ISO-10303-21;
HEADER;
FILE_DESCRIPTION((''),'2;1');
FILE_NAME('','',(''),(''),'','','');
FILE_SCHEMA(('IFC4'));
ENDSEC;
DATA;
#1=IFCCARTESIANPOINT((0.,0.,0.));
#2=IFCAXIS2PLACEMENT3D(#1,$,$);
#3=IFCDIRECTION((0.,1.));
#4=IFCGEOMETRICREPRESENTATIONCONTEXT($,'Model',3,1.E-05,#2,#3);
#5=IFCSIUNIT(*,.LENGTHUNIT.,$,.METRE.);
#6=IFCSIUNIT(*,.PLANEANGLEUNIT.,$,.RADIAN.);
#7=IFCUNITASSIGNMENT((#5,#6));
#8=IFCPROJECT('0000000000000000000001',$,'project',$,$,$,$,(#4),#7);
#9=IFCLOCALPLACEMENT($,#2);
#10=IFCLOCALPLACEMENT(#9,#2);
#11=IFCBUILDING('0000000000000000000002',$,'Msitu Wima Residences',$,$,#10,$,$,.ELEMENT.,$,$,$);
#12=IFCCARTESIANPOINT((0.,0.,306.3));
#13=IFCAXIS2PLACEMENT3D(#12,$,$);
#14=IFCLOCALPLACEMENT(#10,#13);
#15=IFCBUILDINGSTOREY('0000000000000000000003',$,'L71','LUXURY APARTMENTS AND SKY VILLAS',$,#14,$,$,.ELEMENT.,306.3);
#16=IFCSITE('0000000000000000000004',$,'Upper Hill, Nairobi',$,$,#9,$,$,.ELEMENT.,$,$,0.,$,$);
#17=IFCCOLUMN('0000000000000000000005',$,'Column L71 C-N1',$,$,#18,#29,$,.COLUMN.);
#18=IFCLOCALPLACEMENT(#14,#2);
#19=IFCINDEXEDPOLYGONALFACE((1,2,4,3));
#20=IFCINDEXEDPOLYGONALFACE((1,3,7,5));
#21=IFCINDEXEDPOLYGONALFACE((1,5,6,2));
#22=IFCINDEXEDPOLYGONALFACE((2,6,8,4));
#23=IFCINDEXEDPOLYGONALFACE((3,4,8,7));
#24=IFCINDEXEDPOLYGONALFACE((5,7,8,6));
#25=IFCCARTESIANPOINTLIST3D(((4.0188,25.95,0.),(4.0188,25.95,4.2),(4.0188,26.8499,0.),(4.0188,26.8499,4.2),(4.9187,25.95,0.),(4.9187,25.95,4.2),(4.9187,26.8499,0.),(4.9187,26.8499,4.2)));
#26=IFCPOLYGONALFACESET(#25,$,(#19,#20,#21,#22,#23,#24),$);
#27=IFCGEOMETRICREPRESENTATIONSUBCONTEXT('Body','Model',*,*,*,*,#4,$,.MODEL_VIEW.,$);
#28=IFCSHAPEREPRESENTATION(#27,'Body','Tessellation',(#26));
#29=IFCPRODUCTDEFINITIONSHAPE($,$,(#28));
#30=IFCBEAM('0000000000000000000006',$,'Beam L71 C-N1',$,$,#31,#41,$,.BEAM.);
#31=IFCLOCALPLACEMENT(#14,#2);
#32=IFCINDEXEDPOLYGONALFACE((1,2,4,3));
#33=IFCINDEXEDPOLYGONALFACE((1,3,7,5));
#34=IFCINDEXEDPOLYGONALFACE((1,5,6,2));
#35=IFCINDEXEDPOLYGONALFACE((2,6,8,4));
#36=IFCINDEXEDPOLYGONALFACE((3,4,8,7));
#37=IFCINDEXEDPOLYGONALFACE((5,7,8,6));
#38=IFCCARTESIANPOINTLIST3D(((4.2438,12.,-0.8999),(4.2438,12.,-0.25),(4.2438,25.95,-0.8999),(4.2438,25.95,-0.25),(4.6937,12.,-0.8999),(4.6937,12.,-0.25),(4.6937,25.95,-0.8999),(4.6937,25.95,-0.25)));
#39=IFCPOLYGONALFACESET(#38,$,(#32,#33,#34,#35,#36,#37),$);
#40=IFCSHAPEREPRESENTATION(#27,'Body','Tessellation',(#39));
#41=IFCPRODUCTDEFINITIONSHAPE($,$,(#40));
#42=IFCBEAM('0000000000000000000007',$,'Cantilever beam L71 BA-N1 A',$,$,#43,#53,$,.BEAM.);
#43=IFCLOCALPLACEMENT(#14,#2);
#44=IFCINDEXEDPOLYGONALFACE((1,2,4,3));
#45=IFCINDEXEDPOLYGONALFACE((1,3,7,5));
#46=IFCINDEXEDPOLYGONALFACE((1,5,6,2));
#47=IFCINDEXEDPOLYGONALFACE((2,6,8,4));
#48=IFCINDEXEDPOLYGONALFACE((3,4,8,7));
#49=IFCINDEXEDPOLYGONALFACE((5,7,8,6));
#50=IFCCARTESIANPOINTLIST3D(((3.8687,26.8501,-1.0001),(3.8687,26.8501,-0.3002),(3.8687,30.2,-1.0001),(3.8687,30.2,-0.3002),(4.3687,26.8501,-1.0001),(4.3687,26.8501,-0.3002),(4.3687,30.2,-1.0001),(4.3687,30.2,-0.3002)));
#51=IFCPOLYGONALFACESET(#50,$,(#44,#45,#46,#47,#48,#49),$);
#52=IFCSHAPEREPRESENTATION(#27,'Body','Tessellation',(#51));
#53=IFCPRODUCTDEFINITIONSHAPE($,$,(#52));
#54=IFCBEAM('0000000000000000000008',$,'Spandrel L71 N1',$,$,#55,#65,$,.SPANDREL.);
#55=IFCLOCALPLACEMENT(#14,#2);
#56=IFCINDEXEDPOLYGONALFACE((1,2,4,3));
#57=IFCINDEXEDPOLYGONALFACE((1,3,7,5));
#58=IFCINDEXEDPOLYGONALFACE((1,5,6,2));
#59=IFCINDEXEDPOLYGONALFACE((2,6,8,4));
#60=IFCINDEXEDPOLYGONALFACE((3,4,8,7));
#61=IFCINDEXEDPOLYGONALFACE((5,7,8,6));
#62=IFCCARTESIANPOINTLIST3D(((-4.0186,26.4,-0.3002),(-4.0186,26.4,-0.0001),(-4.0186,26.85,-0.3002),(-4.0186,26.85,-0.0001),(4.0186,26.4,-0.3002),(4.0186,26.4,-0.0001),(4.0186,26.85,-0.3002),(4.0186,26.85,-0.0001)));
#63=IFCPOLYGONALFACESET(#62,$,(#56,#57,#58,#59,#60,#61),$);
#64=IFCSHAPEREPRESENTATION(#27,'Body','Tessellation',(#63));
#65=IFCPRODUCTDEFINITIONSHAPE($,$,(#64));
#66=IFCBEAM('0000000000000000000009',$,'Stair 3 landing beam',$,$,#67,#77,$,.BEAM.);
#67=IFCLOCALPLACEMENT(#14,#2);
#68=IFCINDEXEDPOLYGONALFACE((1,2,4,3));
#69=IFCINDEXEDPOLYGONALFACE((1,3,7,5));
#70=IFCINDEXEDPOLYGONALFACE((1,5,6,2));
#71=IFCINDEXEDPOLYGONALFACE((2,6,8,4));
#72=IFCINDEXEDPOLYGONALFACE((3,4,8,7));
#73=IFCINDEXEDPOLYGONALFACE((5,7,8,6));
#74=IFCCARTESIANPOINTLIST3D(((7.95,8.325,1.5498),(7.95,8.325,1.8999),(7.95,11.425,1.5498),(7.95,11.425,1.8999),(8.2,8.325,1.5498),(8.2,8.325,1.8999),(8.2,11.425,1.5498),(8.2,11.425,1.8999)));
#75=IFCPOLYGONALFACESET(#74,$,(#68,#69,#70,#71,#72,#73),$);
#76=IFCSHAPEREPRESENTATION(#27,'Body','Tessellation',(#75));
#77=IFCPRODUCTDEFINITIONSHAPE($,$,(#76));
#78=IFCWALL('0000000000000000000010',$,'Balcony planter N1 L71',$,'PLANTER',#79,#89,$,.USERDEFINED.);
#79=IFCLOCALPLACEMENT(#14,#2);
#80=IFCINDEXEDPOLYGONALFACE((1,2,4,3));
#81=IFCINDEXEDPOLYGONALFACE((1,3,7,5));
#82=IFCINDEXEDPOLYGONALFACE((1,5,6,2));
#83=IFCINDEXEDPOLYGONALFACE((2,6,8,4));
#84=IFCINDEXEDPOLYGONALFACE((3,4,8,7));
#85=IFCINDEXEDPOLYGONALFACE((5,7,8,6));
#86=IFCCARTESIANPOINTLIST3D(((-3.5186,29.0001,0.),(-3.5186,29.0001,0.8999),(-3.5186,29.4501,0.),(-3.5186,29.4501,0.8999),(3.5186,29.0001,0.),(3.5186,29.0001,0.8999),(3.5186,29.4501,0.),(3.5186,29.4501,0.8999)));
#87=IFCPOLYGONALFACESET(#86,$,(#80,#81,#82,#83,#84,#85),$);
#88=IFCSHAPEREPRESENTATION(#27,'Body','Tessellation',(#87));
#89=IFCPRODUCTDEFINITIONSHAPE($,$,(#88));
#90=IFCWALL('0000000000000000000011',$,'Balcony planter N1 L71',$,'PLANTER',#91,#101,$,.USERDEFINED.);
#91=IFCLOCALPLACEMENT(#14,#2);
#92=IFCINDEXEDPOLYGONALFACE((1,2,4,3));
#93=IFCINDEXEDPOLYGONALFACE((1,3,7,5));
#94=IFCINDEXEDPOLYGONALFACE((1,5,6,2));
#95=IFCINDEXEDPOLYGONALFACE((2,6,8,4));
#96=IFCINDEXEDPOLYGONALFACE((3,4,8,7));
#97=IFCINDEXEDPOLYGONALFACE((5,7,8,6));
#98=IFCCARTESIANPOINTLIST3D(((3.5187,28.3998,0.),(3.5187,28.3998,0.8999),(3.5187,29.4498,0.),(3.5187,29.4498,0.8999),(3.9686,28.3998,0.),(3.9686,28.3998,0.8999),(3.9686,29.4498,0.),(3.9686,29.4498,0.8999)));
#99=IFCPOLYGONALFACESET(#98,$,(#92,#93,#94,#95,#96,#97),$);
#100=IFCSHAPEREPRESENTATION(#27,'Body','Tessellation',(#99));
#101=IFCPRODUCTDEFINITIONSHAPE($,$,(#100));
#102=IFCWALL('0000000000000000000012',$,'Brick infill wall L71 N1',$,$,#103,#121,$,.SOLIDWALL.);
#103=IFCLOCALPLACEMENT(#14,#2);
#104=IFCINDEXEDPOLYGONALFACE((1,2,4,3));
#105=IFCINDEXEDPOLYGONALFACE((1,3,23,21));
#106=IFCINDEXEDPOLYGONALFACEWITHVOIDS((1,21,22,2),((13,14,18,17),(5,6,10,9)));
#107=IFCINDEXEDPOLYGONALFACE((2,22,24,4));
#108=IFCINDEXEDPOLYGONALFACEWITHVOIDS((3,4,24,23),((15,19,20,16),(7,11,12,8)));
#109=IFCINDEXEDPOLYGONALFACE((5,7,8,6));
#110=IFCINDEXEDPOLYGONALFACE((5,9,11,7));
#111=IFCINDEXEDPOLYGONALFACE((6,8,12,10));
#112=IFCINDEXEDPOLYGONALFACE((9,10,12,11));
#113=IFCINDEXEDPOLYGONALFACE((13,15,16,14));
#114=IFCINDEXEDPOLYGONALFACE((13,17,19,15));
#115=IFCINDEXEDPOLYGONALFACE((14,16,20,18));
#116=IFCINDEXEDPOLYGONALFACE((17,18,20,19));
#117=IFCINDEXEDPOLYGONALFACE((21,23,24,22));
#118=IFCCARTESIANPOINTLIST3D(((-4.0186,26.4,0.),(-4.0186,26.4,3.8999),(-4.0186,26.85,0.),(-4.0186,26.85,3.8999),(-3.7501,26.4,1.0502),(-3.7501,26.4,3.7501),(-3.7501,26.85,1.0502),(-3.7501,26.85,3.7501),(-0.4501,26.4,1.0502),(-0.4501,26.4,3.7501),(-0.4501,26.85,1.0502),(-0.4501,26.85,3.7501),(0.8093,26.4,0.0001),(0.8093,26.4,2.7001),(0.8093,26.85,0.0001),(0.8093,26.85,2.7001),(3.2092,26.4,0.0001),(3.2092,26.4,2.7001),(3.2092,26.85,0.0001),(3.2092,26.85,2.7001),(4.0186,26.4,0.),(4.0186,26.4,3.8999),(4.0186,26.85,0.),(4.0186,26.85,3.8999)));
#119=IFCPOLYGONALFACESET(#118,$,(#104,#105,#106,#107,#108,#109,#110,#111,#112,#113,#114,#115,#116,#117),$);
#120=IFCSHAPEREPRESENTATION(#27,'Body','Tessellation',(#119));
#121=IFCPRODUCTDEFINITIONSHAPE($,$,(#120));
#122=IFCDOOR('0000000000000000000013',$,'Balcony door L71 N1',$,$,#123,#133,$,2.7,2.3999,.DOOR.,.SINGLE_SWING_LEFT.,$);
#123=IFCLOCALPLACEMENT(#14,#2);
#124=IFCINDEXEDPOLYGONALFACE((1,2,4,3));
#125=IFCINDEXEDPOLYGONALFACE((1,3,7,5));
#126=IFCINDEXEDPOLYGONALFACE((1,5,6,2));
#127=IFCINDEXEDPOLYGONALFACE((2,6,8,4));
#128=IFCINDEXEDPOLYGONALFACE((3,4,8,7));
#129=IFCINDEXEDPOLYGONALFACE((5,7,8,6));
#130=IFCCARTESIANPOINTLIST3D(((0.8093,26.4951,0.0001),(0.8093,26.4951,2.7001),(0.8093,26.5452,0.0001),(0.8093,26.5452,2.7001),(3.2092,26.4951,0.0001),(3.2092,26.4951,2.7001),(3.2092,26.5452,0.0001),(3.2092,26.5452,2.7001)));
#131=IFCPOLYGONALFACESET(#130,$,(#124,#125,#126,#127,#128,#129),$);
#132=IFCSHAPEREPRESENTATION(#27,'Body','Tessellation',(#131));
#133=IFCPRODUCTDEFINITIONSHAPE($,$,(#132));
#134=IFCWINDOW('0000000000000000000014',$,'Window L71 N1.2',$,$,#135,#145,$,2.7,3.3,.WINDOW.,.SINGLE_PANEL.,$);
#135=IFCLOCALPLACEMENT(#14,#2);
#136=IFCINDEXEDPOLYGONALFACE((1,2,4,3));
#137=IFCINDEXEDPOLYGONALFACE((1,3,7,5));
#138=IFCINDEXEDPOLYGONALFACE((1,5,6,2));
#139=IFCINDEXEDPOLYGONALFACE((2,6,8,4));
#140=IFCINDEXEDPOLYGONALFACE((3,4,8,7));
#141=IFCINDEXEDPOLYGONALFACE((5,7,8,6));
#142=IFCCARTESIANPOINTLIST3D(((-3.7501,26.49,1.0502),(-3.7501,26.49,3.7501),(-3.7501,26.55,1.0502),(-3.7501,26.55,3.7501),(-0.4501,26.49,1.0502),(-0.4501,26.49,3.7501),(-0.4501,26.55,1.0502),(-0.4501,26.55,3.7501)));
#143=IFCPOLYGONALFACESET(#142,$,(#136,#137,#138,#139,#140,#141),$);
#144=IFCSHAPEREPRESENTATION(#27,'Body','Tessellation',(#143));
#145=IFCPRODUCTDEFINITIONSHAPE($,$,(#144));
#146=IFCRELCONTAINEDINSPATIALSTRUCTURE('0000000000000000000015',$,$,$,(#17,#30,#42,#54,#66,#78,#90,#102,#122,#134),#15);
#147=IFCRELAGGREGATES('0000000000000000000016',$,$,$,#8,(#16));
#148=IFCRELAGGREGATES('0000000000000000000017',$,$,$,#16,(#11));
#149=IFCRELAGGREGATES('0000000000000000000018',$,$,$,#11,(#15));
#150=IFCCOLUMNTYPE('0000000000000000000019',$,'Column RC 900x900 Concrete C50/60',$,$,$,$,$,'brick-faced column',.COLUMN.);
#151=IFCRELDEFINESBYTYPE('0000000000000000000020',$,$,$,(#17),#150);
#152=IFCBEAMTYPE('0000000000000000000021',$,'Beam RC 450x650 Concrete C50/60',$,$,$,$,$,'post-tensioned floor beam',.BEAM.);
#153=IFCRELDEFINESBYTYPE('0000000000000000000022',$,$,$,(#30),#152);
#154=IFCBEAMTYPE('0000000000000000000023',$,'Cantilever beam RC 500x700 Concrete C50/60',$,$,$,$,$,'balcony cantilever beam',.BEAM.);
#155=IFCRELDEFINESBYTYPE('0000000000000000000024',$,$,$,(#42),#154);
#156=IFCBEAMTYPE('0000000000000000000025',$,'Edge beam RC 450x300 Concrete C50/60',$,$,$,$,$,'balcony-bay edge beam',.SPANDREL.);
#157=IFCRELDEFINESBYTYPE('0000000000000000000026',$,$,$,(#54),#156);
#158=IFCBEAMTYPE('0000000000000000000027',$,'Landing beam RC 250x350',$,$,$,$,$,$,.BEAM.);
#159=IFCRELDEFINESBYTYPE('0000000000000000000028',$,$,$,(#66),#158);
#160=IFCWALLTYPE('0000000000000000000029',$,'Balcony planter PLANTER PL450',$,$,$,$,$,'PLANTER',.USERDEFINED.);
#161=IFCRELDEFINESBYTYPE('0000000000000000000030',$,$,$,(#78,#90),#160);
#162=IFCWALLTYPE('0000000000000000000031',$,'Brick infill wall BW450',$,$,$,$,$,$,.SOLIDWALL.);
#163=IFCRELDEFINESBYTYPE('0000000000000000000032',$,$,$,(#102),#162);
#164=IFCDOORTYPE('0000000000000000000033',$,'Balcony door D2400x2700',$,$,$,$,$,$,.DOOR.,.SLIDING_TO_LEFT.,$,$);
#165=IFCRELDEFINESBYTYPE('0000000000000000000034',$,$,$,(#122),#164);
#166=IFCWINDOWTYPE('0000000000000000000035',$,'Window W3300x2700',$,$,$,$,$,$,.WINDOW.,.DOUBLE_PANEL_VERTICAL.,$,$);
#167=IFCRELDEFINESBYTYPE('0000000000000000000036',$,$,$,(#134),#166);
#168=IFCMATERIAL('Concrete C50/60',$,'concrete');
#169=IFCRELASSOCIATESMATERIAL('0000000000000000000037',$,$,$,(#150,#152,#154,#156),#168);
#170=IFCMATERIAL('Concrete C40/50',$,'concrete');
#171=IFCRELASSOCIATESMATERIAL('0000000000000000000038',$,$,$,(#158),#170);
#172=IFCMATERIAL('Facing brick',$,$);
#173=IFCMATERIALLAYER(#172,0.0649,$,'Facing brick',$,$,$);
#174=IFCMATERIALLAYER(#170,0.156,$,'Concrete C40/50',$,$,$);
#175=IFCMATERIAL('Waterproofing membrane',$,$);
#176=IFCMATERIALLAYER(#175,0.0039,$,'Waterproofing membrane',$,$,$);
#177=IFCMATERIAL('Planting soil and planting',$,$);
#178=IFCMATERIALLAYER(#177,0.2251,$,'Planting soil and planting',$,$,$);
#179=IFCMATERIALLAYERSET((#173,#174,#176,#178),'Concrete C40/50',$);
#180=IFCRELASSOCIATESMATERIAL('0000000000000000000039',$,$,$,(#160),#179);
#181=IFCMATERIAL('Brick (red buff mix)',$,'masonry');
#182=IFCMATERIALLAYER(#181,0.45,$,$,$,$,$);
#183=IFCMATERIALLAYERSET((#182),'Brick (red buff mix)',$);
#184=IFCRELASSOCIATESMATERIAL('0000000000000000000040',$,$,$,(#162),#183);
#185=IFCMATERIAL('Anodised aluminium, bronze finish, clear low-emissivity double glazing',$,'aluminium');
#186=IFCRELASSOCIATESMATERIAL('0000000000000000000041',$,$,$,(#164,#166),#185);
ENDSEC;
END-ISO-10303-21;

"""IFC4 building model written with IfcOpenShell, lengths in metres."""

from ifc_helpers import new_model, si_unit, direction, frame, frame_2d, origin, origin_2d, place, context, subcontext, project, spatial, rectangle, extrude, material, layer, layer_set, material_profile, profile_set, type_object, element, fill, save


model = new_model("IFC4")

# Units and contexts
model_context = context("Model", 3, precision=1e-05, world=origin(), true_north=direction((0.0, 1.0)))
body_context = subcontext(model_context, "Body", "Model", "MODEL_VIEW")
ifc_project = project(units=[si_unit("LENGTHUNIT", "METRE"), si_unit("PLANEANGLEUNIT", "RADIAN")], contexts=[model_context])

# Site, building, storey
site_placement = place(None, origin())
site = spatial("IfcSite", under=ifc_project, at=site_placement, Name="Upper Hill, Nairobi", CompositionType="ELEMENT", RefElevation=0.0)
building_placement = place(site_placement, origin())
building = spatial("IfcBuilding", under=site, at=building_placement, Name="Msitu Wima Residences", CompositionType="ELEMENT")
storey_placement = place(building_placement, frame((0.0, 0.0, 306.3)))
storey = spatial("IfcBuildingStorey", under=building, at=storey_placement, Name="L71", Description="LUXURY APARTMENTS AND SKY VILLAS", CompositionType="ELEMENT", Elevation=306.3)

# Column
ifc_material_1 = material(Name="Concrete C50/60", Category="concrete")
ifc_material_profile_1 = material_profile(ifc_material_1, rectangle(XDim=0.8999, YDim=0.8999, at=origin_2d()), Name="RC 900x900")
ifc_profile_set_1 = profile_set([ifc_material_profile_1], Name="Concrete C50/60")
column_type = type_object("IfcColumnType", Name="Column RC 900x900 Concrete C50/60", ElementType="brick-faced column", PredefinedType="COLUMN", material=ifc_profile_set_1)
column_placement = place(storey_placement, frame((4.4688, 26.3999, 0.0), z_axis=(0.0, 0.0, 1.0), x_axis=(-1.0, 0.0, 0.0)))
element("IfcColumn", 1, at=column_placement, inside=storey, type_object=column_type, Name="Column L71 C-N1", PredefinedType="COLUMN", context=body_context, shape_type="SweptSolid", body=[
    extrude(rectangle(XDim=0.8999, YDim=0.8999, at=origin_2d()), origin(), (0.0, 0.0, 1.0), 4.2),
])

# Beams
ifc_material_profile_2 = material_profile(ifc_material_1, rectangle(XDim=0.45, YDim=0.6499, at=origin_2d()), Name="RC 450x650")
ifc_profile_set_2 = profile_set([ifc_material_profile_2], Name="Concrete C50/60")
beam_type_1 = type_object("IfcBeamType", Name="Beam RC 450x650 Concrete C50/60", ElementType="post-tensioned floor beam", PredefinedType="BEAM", material=ifc_profile_set_2)
beam_1_placement = place(storey_placement, frame((4.4688, 25.95, -0.575), z_axis=(0.0, -1.0, 0.0), x_axis=(1.0, 0.0, 0.0)))
element("IfcBeam", 2, at=beam_1_placement, inside=storey, type_object=beam_type_1, Name="Beam L71 C-N1", PredefinedType="BEAM", context=body_context, shape_type="SweptSolid", body=[
    extrude(rectangle(XDim=0.45, YDim=0.6499, at=origin_2d()), origin(), (0.0, 0.0, 1.0), 13.95),
])
ifc_material_profile_3 = material_profile(ifc_material_1, rectangle(XDim=0.5, YDim=0.7, at=origin_2d()), Name="RC 500x700")
ifc_profile_set_3 = profile_set([ifc_material_profile_3], Name="Concrete C50/60")
beam_type_2 = type_object("IfcBeamType", Name="Cantilever beam RC 500x700 Concrete C50/60", ElementType="balcony cantilever beam", PredefinedType="BEAM", material=ifc_profile_set_3)
beam_2_placement = place(storey_placement, frame((4.1187, 26.8501, -0.6501), z_axis=(0.0, 1.0, 0.0), x_axis=(-1.0, 0.0, 0.0)))
element("IfcBeam", 3, at=beam_2_placement, inside=storey, type_object=beam_type_2, Name="Cantilever beam L71 BA-N1 A", PredefinedType="BEAM", context=body_context, shape_type="SweptSolid", body=[
    extrude(rectangle(XDim=0.5, YDim=0.7, at=origin_2d()), origin(), (0.0, 0.0, 1.0), 3.3499),
])
ifc_material_profile_4 = material_profile(ifc_material_1, rectangle(XDim=0.45, YDim=0.3, at=origin_2d()), Name="RC 450x300")
ifc_profile_set_4 = profile_set([ifc_material_profile_4], Name="Concrete C50/60")
beam_type_3 = type_object("IfcBeamType", Name="Edge beam RC 450x300 Concrete C50/60", ElementType="balcony-bay edge beam", PredefinedType="SPANDREL", material=ifc_profile_set_4)
beam_3_placement = place(storey_placement, frame((4.0186, 26.625, -0.1501), z_axis=(-1.0, 0.0, 0.0), x_axis=(0.0, -1.0, 0.0)))
element("IfcBeam", 4, at=beam_3_placement, inside=storey, type_object=beam_type_3, Name="Spandrel L71 N1", PredefinedType="SPANDREL", context=body_context, shape_type="SweptSolid", body=[
    extrude(rectangle(XDim=0.45, YDim=0.3, at=origin_2d()), origin(), (0.0, 0.0, 1.0), 8.0371),
])
ifc_material_2 = material(Name="Concrete C40/50", Category="concrete")
ifc_material_profile_5 = material_profile(ifc_material_2, rectangle(XDim=0.25, YDim=0.3501, at=origin_2d()), Name="RC 250x350")
ifc_profile_set_5 = profile_set([ifc_material_profile_5], Name="Concrete C40/50")
beam_type_4 = type_object("IfcBeamType", Name="Landing beam RC 250x350", PredefinedType="BEAM", material=ifc_profile_set_5)
beam_4_placement = place(storey_placement, frame((8.075, 8.325, 1.7249), z_axis=(0.0, 1.0, 0.0), x_axis=(-1.0, 0.0, 0.0)))
element("IfcBeam", 5, at=beam_4_placement, inside=storey, type_object=beam_type_4, Name="Stair 3 landing beam", PredefinedType="BEAM", context=body_context, shape_type="SweptSolid", body=[
    extrude(rectangle(XDim=0.25, YDim=0.3501, at=origin_2d()), origin(), (0.0, 0.0, 1.0), 3.1001),
])

# Walls
ifc_material_3 = material(Name="Facing brick")
ifc_layer_1 = layer(ifc_material_3, 0.0649, Name="Facing brick")
ifc_layer_2 = layer(ifc_material_2, 0.156, Name="Concrete C40/50")
ifc_material_4 = material(Name="Waterproofing membrane")
ifc_layer_3 = layer(ifc_material_4, 0.0039, Name="Waterproofing membrane")
ifc_material_5 = material(Name="Planting soil and planting")
ifc_layer_4 = layer(ifc_material_5, 0.2251, Name="Planting soil and planting")
ifc_layer_set_1 = layer_set([ifc_layer_1, ifc_layer_2, ifc_layer_3, ifc_layer_4], Name="Concrete C40/50")
wall_type_1 = type_object("IfcWallType", Name="Balcony planter PLANTER PL450", ElementType="PLANTER", PredefinedType="USERDEFINED", material=ifc_layer_set_1)
wall_1_placement = place(storey_placement, frame((3.5186, 29.2251, 0.0), z_axis=(0.0, 0.0, 1.0), x_axis=(-1.0, 0.0, 0.0)))
element("IfcWall", 6, at=wall_1_placement, inside=storey, type_object=wall_type_1, Name="Balcony planter N1 L71", ObjectType="PLANTER", PredefinedType="USERDEFINED", context=body_context, shape_type="SweptSolid", body=[
    extrude(rectangle(XDim=7.0371, YDim=0.45, at=frame_2d((3.5186, 0.0))), origin(), (0.0, 0.0, 1.0), 0.8999),
])
wall_2_placement = place(storey_placement, frame((3.7437, 28.3999, 0.0), z_axis=(0.0, 0.0, 1.0), x_axis=(0.0, 1.0, 0.0)))
element("IfcWall", 7, at=wall_2_placement, inside=storey, type_object=wall_type_1, Name="Balcony planter N1 L71", ObjectType="PLANTER", PredefinedType="USERDEFINED", context=body_context, shape_type="SweptSolid", body=[
    extrude(rectangle(XDim=1.05, YDim=0.45, at=frame_2d((0.5249, 0.0))), origin(), (0.0, 0.0, 1.0), 0.8999),
])

# Wall, openings, door, window
ifc_material_6 = material(Name="Brick (red buff mix)", Category="masonry")
ifc_layer_5 = layer(ifc_material_6, 0.45)
ifc_layer_set_2 = layer_set([ifc_layer_5], Name="Brick (red buff mix)")
wall_type_2 = type_object("IfcWallType", Name="Brick infill wall BW450", PredefinedType="SOLIDWALL", material=ifc_layer_set_2)
wall_3_placement = place(storey_placement, frame((4.0186, 26.625, 0.0), z_axis=(0.0, 0.0, 1.0), x_axis=(-1.0, 0.0, 0.0)))
wall_3 = element("IfcWall", 8, at=wall_3_placement, inside=storey, type_object=wall_type_2, Name="Brick infill wall L71 N1", PredefinedType="SOLIDWALL", context=body_context, shape_type="SweptSolid", body=[
    extrude(rectangle(XDim=8.0371, YDim=0.45, at=frame_2d((4.0186, 0.0))), origin(), (0.0, 0.0, 1.0), 3.8999),
])
opening_1_placement = place(wall_3_placement, frame((0.8093, 0.0, 0.0)))
opening_1 = element("IfcOpeningElement", 9, at=opening_1_placement, cuts=wall_3, PredefinedType="OPENING", context=body_context, shape_type="SweptSolid", body=[
    extrude(rectangle(XDim=2.3999, YDim=2.7, at=frame_2d((1.2, 1.3501))), frame((0.0, 0.2349, 0.0), z_axis=(0.0, -1.0, 0.0), x_axis=(1.0, 0.0, 0.0)), (0.0, 0.0, 1.0), 0.47),
])
opening_2_placement = place(wall_3_placement, frame((4.4688, 0.0, 1.05)))
opening_2 = element("IfcOpeningElement", 10, at=opening_2_placement, cuts=wall_3, PredefinedType="OPENING", context=body_context, shape_type="SweptSolid", body=[
    extrude(rectangle(XDim=3.3, YDim=2.7, at=frame_2d((1.6499, 1.3501))), frame((0.0, 0.2349, 0.0), z_axis=(0.0, -1.0, 0.0), x_axis=(1.0, 0.0, 0.0)), (0.0, 0.0, 1.0), 0.47),
])
ifc_material_7 = material(Name="Anodised aluminium, bronze finish, clear low-emissivity double glazing", Category="aluminium")
door_type_1 = type_object("IfcDoorType", Name="Balcony door D2400x2700", OperationType="SLIDING_TO_LEFT", PredefinedType="DOOR", material=ifc_material_7)
door_1_placement = place(opening_1_placement, origin())
door_1 = element("IfcDoor", 11, at=door_1_placement, inside=storey, type_object=door_type_1, Name="Balcony door L71 N1", OperationType="SINGLE_SWING_LEFT", OverallHeight=2.7, OverallWidth=2.3999, PredefinedType="DOOR", context=body_context, shape_type="SweptSolid", body=[
    extrude(rectangle(XDim=2.3999, YDim=2.7, at=frame_2d((1.2, 1.3501))), frame((0.0, 0.1299, 0.0), z_axis=(0.0, -1.0, 0.0), x_axis=(1.0, 0.0, 0.0)), (0.0, 0.0, 1.0), 0.05),
])
fill(opening_1, door_1)
window_type = type_object("IfcWindowType", Name="Window W3300x2700", PartitioningType="DOUBLE_PANEL_VERTICAL", PredefinedType="WINDOW", material=ifc_material_7)
window_placement = place(opening_2_placement, origin())
window = element("IfcWindow", 12, at=window_placement, inside=storey, type_object=window_type, Name="Window L71 N1.2", OverallHeight=2.7, OverallWidth=3.3, PartitioningType="SINGLE_PANEL", PredefinedType="WINDOW", context=body_context, shape_type="SweptSolid", body=[
    extrude(rectangle(XDim=3.3, YDim=2.7, at=frame_2d((1.6499, 1.3501))), frame((0.0, 0.135, 0.0), z_axis=(0.0, -1.0, 0.0), x_axis=(1.0, 0.0, 0.0)), (0.0, 0.0, 1.0), 0.0601),
])
fill(opening_2, window)

save(model, "model.ifc")
